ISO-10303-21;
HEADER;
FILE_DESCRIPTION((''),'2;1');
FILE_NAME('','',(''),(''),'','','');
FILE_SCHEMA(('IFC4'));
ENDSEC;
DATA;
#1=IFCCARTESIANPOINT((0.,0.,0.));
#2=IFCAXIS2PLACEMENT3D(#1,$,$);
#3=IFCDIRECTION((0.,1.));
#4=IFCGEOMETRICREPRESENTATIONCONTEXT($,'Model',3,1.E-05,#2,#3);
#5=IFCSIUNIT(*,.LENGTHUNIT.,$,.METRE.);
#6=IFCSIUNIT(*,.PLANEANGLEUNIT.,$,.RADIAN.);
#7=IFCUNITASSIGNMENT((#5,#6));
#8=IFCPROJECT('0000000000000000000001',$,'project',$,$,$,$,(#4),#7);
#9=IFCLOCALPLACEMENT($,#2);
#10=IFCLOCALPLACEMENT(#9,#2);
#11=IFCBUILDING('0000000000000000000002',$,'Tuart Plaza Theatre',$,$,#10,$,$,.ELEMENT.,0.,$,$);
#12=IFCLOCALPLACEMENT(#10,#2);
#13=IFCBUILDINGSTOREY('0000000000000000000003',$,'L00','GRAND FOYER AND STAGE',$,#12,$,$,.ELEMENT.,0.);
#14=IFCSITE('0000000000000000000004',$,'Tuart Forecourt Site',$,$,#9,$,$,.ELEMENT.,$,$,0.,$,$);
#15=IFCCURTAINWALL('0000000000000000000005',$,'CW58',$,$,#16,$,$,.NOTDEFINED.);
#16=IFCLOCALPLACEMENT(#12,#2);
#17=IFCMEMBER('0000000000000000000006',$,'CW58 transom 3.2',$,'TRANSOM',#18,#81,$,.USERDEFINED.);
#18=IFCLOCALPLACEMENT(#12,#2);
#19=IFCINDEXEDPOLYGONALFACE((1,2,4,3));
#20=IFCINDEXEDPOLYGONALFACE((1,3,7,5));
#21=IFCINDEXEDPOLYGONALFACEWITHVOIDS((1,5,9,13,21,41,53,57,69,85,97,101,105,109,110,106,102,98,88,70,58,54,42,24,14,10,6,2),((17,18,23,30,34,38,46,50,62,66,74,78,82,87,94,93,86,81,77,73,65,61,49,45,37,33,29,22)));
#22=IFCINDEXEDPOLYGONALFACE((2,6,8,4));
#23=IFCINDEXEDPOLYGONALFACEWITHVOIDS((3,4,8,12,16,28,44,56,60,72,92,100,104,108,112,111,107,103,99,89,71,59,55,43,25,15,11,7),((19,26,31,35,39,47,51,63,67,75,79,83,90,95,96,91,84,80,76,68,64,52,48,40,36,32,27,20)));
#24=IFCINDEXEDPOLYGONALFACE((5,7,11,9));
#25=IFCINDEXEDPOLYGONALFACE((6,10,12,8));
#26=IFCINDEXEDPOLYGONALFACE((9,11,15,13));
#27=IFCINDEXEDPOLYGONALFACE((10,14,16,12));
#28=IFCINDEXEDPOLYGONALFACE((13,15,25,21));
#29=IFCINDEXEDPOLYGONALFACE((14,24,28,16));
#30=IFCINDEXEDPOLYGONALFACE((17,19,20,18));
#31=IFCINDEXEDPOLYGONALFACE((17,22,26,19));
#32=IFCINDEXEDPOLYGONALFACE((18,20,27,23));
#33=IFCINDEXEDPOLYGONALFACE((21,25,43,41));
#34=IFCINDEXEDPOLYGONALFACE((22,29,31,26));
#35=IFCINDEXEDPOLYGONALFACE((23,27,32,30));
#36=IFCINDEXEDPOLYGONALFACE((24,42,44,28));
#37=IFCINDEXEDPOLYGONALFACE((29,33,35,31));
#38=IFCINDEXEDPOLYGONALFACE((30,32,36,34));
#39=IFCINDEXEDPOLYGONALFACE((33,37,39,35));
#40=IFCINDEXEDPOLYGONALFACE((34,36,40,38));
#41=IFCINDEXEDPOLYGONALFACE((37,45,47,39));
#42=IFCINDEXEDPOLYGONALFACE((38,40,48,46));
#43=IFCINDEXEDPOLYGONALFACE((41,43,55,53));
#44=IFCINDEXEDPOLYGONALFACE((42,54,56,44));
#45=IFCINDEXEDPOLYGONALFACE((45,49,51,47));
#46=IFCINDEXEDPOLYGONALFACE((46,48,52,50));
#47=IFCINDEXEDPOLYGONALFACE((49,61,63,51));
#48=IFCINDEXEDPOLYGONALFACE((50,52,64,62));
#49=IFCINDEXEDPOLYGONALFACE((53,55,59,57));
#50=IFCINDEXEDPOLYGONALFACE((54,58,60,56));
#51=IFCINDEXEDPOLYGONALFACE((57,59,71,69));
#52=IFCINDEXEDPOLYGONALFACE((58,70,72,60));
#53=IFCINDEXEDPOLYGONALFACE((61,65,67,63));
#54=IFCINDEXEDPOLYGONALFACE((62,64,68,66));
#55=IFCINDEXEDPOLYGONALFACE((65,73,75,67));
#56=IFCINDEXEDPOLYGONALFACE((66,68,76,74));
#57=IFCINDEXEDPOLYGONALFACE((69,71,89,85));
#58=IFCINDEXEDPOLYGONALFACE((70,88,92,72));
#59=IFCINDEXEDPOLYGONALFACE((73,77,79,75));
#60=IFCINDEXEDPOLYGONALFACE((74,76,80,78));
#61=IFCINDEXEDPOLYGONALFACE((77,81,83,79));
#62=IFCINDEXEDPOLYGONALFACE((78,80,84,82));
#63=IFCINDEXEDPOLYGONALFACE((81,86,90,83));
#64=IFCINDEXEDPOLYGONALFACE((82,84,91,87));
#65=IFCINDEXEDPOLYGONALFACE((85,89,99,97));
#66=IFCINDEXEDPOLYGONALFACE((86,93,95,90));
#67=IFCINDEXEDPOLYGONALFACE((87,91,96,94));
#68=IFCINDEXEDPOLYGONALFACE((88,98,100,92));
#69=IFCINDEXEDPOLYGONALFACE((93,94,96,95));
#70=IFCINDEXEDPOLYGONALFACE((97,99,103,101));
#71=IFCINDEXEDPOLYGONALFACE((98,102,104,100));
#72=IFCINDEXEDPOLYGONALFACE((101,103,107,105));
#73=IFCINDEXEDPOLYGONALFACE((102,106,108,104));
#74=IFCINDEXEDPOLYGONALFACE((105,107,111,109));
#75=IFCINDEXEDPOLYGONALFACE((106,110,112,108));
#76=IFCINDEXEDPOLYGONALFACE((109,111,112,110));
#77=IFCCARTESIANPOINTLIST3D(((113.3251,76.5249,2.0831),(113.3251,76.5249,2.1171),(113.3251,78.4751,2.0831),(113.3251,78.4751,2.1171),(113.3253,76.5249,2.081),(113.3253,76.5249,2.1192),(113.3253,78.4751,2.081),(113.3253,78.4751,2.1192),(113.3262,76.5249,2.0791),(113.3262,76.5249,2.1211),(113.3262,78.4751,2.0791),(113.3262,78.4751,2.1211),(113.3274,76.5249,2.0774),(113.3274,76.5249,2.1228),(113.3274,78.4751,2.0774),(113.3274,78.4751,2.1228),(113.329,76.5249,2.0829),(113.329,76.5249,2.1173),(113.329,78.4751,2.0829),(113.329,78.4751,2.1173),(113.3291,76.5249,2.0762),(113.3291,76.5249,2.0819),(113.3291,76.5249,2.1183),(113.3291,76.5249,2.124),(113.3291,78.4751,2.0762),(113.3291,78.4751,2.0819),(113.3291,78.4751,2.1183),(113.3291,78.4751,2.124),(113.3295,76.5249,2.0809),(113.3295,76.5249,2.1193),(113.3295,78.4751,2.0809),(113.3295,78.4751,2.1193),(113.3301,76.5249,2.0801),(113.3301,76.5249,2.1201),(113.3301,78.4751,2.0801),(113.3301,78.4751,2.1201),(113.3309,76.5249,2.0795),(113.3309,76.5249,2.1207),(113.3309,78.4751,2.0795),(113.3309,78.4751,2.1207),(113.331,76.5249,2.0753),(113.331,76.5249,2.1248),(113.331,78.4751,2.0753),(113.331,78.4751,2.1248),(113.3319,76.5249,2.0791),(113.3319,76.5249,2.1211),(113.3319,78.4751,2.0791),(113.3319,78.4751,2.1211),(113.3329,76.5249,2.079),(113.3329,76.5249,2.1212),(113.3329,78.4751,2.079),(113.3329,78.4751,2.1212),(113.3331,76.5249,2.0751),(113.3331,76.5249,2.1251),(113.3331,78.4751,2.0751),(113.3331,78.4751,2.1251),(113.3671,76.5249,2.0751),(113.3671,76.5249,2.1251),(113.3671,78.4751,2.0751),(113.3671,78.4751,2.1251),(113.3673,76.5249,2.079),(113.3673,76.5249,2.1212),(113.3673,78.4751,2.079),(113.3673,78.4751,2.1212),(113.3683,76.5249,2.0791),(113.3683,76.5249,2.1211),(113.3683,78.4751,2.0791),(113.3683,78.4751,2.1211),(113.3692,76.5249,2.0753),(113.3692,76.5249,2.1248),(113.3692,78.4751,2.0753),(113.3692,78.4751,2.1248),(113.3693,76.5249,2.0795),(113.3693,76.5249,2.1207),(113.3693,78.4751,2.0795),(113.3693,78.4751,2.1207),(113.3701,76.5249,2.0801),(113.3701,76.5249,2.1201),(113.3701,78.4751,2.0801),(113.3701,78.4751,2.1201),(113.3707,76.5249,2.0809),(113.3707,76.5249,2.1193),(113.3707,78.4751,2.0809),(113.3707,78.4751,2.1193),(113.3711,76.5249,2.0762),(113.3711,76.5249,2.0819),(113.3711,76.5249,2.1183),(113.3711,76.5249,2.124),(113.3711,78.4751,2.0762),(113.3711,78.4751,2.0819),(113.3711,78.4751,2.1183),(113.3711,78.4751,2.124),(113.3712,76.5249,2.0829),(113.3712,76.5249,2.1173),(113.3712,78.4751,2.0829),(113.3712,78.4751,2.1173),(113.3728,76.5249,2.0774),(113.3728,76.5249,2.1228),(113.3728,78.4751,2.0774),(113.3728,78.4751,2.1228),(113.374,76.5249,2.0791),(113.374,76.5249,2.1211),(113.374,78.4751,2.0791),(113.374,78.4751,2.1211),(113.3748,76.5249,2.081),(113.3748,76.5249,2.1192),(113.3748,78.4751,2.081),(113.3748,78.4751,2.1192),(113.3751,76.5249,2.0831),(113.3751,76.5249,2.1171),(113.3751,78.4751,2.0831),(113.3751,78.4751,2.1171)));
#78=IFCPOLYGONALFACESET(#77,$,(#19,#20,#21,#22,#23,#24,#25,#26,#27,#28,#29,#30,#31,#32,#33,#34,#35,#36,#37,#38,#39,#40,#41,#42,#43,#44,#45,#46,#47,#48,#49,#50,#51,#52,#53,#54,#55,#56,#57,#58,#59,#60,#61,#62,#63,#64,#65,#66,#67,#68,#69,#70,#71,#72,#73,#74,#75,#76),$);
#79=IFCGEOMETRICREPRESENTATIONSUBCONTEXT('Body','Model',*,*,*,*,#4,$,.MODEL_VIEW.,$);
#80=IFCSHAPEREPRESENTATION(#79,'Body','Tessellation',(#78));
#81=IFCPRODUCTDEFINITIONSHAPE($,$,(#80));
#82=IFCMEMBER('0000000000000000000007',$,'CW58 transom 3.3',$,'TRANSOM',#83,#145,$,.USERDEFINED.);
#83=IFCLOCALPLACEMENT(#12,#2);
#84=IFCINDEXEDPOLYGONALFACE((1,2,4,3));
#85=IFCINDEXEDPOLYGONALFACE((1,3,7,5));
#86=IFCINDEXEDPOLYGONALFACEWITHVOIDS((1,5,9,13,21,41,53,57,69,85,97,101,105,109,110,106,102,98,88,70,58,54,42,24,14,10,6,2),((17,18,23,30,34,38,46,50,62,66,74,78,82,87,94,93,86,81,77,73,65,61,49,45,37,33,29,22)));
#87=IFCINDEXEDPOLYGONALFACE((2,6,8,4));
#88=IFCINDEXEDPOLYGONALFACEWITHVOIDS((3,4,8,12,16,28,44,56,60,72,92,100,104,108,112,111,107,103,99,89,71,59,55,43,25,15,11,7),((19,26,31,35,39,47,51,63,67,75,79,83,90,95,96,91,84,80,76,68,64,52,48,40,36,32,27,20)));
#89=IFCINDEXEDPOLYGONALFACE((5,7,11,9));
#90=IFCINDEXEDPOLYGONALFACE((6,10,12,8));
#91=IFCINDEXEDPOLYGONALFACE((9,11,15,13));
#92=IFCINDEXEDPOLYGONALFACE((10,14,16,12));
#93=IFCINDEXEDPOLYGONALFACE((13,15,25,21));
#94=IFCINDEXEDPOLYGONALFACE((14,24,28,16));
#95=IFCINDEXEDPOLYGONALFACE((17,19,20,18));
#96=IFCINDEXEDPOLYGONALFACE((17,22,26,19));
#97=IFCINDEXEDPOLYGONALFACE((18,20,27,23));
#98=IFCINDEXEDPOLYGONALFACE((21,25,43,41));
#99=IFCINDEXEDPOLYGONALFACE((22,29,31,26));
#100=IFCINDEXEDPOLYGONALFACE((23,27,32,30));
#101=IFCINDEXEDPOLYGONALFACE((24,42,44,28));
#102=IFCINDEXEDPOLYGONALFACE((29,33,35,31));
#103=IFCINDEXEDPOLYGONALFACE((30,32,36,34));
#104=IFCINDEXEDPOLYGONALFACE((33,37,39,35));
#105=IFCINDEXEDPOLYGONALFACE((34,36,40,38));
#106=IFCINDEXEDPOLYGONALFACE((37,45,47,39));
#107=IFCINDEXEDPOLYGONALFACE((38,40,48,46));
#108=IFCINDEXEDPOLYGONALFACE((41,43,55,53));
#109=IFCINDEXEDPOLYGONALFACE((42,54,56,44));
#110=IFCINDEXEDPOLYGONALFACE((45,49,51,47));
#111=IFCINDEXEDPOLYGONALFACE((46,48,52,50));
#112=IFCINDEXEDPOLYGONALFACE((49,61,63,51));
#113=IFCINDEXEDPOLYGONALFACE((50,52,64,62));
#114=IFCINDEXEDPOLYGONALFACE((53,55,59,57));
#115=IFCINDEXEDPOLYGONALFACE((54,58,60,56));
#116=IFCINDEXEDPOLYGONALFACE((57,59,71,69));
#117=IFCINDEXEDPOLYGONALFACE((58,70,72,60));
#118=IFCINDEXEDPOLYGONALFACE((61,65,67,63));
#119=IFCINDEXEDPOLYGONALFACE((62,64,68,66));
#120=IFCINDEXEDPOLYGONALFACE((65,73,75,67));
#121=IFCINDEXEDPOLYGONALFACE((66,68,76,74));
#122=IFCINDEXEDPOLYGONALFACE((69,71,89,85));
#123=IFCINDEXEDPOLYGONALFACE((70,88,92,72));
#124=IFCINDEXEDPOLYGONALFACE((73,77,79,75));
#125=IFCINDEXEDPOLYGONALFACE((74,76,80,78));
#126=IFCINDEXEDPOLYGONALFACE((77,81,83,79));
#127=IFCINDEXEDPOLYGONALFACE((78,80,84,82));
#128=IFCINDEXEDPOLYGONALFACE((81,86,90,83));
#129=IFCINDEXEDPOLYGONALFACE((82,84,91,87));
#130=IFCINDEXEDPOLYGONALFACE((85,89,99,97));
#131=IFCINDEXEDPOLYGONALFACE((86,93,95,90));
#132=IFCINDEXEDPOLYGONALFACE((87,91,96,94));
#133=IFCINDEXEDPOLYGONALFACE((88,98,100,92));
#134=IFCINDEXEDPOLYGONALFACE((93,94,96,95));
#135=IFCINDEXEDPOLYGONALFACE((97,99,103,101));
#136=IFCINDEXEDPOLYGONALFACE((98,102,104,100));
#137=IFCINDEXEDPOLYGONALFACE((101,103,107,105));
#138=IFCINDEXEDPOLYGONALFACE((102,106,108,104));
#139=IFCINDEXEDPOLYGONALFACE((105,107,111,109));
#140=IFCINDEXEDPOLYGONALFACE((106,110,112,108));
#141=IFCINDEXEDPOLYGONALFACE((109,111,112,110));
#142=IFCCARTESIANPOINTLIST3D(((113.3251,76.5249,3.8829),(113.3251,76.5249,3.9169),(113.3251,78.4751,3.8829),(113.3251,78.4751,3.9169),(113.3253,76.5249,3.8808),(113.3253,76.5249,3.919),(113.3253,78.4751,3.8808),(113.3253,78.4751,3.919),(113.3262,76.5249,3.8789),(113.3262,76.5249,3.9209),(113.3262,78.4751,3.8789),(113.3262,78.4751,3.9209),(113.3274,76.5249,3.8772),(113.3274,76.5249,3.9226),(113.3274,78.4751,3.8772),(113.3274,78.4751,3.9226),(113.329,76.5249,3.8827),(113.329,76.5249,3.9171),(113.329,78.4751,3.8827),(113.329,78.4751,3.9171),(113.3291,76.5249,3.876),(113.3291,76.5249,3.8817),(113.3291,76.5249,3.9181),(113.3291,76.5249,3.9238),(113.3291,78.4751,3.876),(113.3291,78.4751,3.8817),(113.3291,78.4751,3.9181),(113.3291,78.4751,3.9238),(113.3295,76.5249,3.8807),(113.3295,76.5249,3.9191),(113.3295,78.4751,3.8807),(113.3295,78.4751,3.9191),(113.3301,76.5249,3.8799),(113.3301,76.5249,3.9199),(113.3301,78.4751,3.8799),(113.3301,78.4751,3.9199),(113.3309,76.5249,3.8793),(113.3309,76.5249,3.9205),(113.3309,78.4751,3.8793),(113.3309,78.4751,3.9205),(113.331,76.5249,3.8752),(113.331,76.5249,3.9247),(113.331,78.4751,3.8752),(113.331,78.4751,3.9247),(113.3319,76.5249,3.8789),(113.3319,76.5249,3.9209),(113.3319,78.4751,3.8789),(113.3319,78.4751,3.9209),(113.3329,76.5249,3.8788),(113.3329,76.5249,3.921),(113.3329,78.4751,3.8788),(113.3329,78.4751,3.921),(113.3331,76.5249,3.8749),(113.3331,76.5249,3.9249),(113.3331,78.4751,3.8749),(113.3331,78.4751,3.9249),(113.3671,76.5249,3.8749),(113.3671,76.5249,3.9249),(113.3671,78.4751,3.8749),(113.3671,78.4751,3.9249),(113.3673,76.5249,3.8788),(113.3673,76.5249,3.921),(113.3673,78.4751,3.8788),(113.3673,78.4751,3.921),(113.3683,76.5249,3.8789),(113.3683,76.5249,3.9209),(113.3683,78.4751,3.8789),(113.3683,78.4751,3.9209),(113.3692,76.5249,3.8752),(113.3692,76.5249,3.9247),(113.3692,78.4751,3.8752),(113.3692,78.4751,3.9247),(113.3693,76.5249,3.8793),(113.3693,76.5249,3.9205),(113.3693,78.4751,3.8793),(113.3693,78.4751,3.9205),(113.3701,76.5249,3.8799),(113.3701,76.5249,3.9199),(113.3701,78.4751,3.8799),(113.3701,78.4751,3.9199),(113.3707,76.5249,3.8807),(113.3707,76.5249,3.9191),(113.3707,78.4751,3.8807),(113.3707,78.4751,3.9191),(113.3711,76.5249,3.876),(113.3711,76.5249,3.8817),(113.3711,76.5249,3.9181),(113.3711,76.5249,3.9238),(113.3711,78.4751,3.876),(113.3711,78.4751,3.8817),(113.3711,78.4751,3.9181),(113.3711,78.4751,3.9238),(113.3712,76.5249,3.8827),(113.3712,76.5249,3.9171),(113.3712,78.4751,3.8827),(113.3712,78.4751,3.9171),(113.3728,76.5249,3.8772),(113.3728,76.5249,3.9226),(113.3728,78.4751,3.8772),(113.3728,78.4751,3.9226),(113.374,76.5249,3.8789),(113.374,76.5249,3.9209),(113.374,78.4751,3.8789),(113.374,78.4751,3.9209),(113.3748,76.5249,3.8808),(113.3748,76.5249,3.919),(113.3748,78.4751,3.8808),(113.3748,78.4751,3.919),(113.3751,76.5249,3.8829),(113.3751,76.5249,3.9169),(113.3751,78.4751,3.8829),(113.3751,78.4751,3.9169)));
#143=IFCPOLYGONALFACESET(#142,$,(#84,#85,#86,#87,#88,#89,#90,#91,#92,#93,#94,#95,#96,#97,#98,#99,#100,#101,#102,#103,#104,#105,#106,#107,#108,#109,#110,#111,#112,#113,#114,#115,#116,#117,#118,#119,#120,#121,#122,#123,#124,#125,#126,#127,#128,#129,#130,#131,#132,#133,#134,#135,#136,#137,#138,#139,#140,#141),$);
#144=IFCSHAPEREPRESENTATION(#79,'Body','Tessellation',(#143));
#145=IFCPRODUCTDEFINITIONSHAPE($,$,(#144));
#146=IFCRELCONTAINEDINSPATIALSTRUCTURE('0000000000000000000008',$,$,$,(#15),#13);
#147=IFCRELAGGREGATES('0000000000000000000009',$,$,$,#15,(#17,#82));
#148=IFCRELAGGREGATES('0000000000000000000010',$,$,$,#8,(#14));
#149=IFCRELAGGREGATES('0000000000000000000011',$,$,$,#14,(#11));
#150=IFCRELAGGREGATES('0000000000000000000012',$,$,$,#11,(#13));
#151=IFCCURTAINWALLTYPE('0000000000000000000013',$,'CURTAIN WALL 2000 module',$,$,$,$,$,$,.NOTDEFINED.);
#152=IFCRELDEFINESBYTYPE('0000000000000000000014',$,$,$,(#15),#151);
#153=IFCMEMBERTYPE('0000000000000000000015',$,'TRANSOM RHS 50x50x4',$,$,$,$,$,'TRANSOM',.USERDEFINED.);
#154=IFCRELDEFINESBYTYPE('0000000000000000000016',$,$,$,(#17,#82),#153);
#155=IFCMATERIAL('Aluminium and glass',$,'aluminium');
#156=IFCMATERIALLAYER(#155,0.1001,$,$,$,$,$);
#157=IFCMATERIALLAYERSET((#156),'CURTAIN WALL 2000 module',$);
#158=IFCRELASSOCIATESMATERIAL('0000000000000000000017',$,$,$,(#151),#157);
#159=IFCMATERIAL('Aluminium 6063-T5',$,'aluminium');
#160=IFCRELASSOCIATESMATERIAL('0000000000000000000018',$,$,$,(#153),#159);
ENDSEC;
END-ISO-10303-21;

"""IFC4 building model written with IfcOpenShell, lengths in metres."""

from ifc_helpers import new_model, si_unit, direction, frame, origin, origin_2d, place, context, subcontext, project, spatial, hollow_rectangle, extrude, material, layer, layer_set, material_profile, profile_set, type_object, element, aggregate, save


model = new_model("IFC4")

# Units and contexts
model_context = context("Model", 3, precision=1e-05, world=origin(), true_north=direction((0.0, 1.0)))
body_context = subcontext(model_context, "Body", "Model", "MODEL_VIEW")
ifc_project = project(units=[si_unit("LENGTHUNIT", "METRE"), si_unit("PLANEANGLEUNIT", "RADIAN")], contexts=[model_context])

# Site, building, storey
site_placement = place(None, origin())
site = spatial("IfcSite", under=ifc_project, at=site_placement, Name="Tuart Forecourt Site", CompositionType="ELEMENT", RefElevation=0.0)
building_placement = place(site_placement, origin())
building = spatial("IfcBuilding", under=site, at=building_placement, Name="Tuart Plaza Theatre", CompositionType="ELEMENT", ElevationOfRefHeight=0.0)
storey_placement = place(building_placement, origin())
storey = spatial("IfcBuildingStorey", under=building, at=storey_placement, Name="L00", Description="GRAND FOYER AND STAGE", CompositionType="ELEMENT", Elevation=0.0)

# Curtain wall, members
ifc_material_1 = material(Name="Aluminium and glass", Category="aluminium")
ifc_layer_1 = layer(ifc_material_1, 0.1001)
ifc_layer_set_1 = layer_set([ifc_layer_1], Name="CURTAIN WALL 2000 module")
curtain_wall_type = type_object("IfcCurtainWallType", Name="CURTAIN WALL 2000 module", PredefinedType="NOTDEFINED", material=ifc_layer_set_1)
curtain_wall_placement = place(storey_placement, origin())
curtain_wall = element("IfcCurtainWall", 1, at=curtain_wall_placement, inside=storey, type_object=curtain_wall_type, Name="CW58", PredefinedType="NOTDEFINED")
ifc_material_2 = material(Name="Aluminium 6063-T5", Category="aluminium")
ifc_material_profile_1 = material_profile(ifc_material_2, hollow_rectangle(XDim=0.05, YDim=0.05, WallThickness=0.0039, InnerFilletRadius=0.0039, OuterFilletRadius=0.0081, at=origin_2d()), Name="RHS 50x50x4")
ifc_profile_set_1 = profile_set([ifc_material_profile_1], Name="Aluminium 6063-T5")
member_type_1 = type_object("IfcMemberType", Name="TRANSOM RHS 50x50x4", ElementType="TRANSOM", PredefinedType="USERDEFINED", material=ifc_profile_set_1)
member_1_placement = place(storey_placement, frame((113.3501, 78.4751, 2.1001), z_axis=(0.0, -1.0, 0.0), x_axis=(1.0, 0.0, 0.0)))
member_1 = element("IfcMember", 2, at=member_1_placement, type_object=member_type_1, Name="CW58 transom 3.2", ObjectType="TRANSOM", PredefinedType="USERDEFINED", context=body_context, shape_type="SweptSolid", body=[
    extrude(hollow_rectangle(XDim=0.05, YDim=0.05, WallThickness=0.0039, InnerFilletRadius=0.0039, OuterFilletRadius=0.0081, at=origin_2d()), origin(), (0.0, 0.0, 1.0), 1.9502),
])
member_2_placement = place(storey_placement, frame((113.3501, 78.4751, 3.8999), z_axis=(0.0, -1.0, 0.0), x_axis=(1.0, 0.0, 0.0)))
member_2 = element("IfcMember", 3, at=member_2_placement, type_object=member_type_1, Name="CW58 transom 3.3", ObjectType="TRANSOM", PredefinedType="USERDEFINED", context=body_context, shape_type="SweptSolid", body=[
    extrude(hollow_rectangle(XDim=0.05, YDim=0.05, WallThickness=0.0039, InnerFilletRadius=0.0039, OuterFilletRadius=0.0081, at=origin_2d()), origin(), (0.0, 0.0, 1.0), 1.9502),
])
aggregate(curtain_wall, [member_1, member_2])

save(model, "model.ifc")
